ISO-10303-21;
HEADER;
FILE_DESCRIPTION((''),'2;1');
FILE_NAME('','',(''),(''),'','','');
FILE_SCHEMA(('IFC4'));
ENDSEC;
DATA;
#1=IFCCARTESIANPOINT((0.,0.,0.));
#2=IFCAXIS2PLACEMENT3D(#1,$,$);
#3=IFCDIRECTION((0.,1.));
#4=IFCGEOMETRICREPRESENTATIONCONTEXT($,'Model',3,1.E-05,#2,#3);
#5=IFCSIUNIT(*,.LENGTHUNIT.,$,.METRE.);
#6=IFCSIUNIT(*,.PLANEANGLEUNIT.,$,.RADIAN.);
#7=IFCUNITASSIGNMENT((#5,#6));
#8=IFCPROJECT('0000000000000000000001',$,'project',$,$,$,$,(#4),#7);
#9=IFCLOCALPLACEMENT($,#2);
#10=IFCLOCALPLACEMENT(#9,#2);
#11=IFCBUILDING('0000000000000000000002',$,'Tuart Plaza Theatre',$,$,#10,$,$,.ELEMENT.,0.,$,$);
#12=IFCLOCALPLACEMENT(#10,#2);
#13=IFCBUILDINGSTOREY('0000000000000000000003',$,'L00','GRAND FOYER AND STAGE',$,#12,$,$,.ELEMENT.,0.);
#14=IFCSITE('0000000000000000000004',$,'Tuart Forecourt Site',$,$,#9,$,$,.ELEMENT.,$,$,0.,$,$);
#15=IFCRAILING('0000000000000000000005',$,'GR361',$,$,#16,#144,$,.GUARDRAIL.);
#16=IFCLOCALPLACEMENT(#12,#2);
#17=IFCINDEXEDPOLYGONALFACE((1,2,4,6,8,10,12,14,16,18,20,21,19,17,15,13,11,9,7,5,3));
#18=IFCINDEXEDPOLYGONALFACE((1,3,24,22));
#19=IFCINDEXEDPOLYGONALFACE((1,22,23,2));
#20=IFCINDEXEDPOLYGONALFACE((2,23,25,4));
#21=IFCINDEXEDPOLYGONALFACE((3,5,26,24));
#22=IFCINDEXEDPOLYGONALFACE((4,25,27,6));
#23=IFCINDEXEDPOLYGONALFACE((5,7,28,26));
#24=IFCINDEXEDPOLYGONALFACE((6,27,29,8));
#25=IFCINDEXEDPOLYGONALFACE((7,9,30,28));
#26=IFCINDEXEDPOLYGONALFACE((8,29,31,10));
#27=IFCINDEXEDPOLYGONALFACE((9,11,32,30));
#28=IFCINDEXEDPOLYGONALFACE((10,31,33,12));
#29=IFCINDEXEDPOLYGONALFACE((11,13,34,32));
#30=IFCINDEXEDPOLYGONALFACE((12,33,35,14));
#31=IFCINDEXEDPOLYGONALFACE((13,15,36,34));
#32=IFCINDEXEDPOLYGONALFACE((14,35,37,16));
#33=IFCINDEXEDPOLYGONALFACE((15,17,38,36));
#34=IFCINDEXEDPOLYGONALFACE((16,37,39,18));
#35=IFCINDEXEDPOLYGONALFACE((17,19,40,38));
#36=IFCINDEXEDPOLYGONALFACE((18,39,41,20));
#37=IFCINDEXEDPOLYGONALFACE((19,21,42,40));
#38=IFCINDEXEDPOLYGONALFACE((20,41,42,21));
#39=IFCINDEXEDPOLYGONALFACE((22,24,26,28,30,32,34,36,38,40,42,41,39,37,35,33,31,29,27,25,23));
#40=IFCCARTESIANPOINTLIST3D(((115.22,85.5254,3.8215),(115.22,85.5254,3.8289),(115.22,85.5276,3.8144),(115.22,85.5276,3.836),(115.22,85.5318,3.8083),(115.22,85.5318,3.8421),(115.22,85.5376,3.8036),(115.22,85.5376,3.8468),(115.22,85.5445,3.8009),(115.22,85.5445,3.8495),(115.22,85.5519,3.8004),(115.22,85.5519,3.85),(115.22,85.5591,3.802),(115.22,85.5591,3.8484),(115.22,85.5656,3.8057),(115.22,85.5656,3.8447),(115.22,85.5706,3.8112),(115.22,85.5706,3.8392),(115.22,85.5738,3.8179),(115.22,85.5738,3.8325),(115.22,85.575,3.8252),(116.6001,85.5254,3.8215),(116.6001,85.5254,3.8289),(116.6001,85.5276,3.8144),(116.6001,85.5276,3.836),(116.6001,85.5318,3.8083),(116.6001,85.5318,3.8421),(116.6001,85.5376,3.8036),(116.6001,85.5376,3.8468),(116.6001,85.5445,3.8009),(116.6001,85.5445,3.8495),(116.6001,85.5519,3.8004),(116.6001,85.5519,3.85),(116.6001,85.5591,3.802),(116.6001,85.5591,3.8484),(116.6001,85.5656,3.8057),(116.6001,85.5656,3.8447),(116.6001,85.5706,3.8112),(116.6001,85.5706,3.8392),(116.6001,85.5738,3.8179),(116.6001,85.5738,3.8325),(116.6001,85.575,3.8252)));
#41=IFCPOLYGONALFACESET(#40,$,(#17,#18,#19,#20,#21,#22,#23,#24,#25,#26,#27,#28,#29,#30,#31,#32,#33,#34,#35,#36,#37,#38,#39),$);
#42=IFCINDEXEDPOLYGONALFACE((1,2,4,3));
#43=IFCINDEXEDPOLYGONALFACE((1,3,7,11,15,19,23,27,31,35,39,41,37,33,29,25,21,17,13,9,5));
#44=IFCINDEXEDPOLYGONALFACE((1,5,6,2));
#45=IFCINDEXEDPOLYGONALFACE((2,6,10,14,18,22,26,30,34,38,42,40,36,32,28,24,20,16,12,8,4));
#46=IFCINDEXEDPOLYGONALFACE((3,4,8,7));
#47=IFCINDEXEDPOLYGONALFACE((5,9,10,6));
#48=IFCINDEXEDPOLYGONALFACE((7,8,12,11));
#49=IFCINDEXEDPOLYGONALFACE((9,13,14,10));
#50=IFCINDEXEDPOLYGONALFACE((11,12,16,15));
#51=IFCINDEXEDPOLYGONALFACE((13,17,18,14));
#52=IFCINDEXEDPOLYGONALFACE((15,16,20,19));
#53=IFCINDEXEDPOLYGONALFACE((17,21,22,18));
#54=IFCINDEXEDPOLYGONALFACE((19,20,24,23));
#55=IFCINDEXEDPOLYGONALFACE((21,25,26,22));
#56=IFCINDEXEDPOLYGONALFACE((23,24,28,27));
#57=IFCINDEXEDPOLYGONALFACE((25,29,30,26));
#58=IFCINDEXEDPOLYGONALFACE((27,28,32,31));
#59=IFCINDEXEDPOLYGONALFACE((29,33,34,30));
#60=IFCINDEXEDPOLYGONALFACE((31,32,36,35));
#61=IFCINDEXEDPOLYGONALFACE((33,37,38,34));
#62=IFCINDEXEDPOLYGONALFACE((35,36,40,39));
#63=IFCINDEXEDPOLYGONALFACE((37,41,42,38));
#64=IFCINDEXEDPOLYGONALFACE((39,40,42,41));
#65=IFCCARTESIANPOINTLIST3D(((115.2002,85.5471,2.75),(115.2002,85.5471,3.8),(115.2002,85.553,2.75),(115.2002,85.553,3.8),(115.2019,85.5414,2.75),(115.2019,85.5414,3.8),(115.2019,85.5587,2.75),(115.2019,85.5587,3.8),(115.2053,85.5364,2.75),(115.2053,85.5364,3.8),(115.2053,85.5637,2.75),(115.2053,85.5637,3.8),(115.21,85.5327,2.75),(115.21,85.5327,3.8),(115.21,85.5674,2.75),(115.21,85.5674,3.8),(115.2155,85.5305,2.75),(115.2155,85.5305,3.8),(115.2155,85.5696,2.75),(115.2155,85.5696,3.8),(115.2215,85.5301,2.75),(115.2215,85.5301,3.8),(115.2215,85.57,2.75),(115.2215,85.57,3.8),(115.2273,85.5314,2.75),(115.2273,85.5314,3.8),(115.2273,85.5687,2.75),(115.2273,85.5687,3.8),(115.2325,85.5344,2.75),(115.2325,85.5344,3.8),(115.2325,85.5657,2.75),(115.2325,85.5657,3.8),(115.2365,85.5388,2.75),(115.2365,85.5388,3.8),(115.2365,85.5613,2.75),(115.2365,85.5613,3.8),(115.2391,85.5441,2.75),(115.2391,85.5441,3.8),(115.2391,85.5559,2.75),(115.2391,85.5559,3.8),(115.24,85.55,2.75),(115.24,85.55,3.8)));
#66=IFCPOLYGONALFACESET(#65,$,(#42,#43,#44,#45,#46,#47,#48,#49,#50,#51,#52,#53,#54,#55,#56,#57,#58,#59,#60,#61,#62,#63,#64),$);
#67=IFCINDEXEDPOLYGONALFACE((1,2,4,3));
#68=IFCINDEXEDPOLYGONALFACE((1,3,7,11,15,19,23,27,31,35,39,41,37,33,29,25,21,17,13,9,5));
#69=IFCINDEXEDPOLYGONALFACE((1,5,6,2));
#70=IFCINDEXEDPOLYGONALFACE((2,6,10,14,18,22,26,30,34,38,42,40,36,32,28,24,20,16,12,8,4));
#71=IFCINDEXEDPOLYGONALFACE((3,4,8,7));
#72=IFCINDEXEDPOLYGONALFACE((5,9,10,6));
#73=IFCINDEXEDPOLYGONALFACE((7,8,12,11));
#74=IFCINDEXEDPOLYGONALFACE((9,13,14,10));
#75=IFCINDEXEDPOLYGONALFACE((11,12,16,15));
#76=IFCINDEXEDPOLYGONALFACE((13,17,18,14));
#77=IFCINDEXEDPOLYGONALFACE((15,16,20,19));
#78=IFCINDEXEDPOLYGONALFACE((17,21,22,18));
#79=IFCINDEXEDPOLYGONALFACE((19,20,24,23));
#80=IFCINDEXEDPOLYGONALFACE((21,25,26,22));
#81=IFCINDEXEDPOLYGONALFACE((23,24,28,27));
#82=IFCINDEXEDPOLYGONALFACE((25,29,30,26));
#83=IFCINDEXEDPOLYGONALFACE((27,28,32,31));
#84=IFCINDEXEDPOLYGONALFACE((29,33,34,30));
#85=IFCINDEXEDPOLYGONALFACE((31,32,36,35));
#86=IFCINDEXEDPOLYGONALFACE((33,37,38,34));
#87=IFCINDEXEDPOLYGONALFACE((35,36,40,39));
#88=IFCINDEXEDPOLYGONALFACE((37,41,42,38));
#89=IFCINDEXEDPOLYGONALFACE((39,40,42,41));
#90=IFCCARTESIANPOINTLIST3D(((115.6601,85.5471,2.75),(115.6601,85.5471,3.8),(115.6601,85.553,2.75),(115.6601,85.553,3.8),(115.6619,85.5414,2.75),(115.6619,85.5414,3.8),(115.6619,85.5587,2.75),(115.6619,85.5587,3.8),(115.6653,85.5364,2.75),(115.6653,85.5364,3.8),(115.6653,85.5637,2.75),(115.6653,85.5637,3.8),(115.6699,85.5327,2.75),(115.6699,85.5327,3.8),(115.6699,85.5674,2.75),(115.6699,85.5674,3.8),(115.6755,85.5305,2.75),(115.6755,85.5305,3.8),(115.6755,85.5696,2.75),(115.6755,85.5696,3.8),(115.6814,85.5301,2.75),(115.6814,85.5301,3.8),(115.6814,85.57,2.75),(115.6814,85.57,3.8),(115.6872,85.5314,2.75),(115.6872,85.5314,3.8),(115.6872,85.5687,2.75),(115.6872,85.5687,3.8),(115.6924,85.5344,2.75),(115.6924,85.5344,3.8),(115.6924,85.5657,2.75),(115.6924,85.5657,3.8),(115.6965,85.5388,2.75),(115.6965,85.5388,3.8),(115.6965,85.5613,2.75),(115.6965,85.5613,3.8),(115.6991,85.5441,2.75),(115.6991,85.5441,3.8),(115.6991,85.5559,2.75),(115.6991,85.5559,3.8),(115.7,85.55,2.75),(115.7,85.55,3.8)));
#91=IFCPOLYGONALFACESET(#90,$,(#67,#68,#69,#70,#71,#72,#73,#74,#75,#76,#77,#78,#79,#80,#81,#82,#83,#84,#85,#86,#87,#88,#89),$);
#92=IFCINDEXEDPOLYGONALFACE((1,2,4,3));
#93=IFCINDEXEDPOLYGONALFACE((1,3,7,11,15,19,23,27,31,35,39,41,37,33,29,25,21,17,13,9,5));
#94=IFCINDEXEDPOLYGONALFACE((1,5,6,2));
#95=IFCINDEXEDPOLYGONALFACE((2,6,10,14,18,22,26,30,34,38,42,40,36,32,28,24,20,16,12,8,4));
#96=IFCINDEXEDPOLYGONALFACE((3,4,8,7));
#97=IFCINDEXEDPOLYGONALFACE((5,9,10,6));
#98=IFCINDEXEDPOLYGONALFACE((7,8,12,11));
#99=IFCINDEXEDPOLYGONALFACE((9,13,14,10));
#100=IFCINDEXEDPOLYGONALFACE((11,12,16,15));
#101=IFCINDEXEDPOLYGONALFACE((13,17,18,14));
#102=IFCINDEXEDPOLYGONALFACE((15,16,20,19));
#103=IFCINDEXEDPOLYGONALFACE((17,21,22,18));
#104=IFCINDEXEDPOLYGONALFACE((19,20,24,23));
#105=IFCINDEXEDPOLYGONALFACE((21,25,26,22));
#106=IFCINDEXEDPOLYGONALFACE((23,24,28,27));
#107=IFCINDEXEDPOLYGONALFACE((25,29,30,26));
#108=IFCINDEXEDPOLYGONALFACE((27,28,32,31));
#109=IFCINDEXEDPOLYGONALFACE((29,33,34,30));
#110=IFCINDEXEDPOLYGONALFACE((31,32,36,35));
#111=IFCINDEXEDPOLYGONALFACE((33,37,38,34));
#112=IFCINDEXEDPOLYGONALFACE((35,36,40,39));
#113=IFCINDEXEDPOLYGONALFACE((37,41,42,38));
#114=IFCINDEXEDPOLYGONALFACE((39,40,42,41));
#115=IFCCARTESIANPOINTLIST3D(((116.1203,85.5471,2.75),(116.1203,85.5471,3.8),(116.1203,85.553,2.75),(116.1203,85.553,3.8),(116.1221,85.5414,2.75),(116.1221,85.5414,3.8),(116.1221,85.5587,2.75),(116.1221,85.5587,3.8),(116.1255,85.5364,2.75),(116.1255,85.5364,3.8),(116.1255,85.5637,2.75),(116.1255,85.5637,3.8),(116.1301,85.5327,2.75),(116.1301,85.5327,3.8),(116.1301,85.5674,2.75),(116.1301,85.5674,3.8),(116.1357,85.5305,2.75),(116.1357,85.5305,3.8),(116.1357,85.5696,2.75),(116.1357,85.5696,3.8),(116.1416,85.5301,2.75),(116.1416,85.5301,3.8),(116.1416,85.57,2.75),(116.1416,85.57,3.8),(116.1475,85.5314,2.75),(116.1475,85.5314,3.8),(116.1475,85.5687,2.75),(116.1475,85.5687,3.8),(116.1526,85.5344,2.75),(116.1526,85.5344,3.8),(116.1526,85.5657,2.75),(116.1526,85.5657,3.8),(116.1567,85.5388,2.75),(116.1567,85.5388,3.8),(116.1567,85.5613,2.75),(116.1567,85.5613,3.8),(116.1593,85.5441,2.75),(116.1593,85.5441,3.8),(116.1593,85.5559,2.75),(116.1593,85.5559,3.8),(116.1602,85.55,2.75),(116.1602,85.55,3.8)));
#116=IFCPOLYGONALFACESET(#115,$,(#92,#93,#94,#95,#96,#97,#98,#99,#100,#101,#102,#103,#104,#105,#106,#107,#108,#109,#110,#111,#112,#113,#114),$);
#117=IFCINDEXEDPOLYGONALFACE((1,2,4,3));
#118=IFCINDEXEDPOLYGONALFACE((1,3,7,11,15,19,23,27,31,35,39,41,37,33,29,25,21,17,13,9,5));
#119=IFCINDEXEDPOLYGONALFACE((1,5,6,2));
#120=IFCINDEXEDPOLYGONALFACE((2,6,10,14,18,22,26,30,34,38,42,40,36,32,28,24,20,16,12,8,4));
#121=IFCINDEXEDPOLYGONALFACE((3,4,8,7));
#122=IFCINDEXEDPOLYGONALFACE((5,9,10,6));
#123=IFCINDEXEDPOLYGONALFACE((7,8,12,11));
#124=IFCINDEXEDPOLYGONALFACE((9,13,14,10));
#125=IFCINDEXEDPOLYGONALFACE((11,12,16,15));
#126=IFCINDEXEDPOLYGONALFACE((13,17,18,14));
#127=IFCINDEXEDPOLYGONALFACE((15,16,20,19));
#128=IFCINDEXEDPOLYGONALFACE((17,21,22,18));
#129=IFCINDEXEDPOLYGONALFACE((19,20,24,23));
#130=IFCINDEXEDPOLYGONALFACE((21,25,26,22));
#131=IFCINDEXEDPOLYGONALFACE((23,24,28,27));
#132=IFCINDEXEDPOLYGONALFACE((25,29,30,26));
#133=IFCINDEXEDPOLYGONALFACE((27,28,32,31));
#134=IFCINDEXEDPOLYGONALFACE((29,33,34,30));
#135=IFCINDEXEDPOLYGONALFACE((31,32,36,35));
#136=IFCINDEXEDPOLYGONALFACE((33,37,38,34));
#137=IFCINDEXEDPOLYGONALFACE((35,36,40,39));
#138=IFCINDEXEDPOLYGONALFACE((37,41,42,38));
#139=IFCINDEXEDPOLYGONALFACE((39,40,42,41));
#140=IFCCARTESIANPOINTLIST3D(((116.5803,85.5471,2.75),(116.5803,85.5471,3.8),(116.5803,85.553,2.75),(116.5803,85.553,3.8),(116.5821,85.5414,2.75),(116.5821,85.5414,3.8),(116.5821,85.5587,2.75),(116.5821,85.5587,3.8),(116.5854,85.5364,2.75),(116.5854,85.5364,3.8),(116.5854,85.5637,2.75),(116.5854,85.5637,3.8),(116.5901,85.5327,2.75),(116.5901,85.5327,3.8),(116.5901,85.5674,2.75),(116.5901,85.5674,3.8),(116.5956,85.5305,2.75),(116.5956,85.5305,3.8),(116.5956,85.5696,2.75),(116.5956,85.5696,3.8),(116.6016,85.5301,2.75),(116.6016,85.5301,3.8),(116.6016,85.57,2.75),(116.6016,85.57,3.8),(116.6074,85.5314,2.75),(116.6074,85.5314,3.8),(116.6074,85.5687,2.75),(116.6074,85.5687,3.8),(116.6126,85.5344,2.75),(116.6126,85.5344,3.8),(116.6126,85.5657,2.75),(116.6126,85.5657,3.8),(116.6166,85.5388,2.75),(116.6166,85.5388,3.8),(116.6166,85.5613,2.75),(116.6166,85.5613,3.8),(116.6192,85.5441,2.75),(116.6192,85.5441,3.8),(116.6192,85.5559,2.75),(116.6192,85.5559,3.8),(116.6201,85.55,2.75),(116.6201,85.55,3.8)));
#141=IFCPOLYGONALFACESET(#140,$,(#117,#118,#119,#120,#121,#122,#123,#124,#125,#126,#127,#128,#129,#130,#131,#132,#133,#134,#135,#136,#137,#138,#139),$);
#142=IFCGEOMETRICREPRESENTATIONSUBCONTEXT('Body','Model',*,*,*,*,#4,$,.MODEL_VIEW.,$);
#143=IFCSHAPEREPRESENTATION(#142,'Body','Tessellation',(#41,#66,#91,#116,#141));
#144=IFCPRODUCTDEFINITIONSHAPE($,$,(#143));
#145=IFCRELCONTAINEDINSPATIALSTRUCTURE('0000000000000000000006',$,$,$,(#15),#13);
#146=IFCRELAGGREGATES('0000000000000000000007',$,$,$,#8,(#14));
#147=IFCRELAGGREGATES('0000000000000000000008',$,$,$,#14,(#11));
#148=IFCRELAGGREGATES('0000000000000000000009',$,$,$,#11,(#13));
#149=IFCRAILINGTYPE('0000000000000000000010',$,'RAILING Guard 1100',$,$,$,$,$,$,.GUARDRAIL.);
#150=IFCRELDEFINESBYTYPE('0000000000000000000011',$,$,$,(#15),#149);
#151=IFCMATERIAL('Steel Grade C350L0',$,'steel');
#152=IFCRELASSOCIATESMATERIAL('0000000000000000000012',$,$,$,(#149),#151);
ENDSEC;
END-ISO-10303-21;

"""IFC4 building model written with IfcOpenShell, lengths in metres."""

from ifc_helpers import new_model, si_unit, direction, frame, origin, origin_2d, place, context, subcontext, project, spatial, circle, extrude, material, type_object, element, save


model = new_model("IFC4")

# Units and contexts
model_context = context("Model", 3, precision=1e-05, world=origin(), true_north=direction((0.0, 1.0)))
body_context = subcontext(model_context, "Body", "Model", "MODEL_VIEW")
ifc_project = project(units=[si_unit("LENGTHUNIT", "METRE"), si_unit("PLANEANGLEUNIT", "RADIAN")], contexts=[model_context])

# Site, building, storey
site_placement = place(None, origin())
site = spatial("IfcSite", under=ifc_project, at=site_placement, Name="Tuart Forecourt Site", CompositionType="ELEMENT", RefElevation=0.0)
building_placement = place(site_placement, origin())
building = spatial("IfcBuilding", under=site, at=building_placement, Name="Tuart Plaza Theatre", CompositionType="ELEMENT", ElevationOfRefHeight=0.0)
storey_placement = place(building_placement, origin())
storey = spatial("IfcBuildingStorey", under=building, at=storey_placement, Name="L00", Description="GRAND FOYER AND STAGE", CompositionType="ELEMENT", Elevation=0.0)

# Railing
ifc_material_1 = material(Name="Steel Grade C350L0", Category="steel")
railing_type_1 = type_object("IfcRailingType", Name="RAILING Guard 1100", PredefinedType="GUARDRAIL", material=ifc_material_1)
railing_1_placement = place(storey_placement, frame((115.22, 85.55, 2.75)))
element("IfcRailing", 1, at=railing_1_placement, inside=storey, type_object=railing_type_1, Name="GR361", PredefinedType="GUARDRAIL", context=body_context, shape_type="SweptSolid", body=[
    extrude(circle(Radius=0.0249, at=origin_2d()), frame((0.0, 0.0, 1.0752), z_axis=(1.0, 0.0, 0.0), x_axis=(0.0, 1.0, 0.0)), (0.0, 0.0, 1.0), 1.3801),
    extrude(circle(Radius=0.02, at=origin_2d()), origin(), (0.0, 0.0, 1.0), 1.05),
    extrude(circle(Radius=0.02, at=origin_2d()), frame((0.46, 0.0, 0.0)), (0.0, 0.0, 1.0), 1.05),
    extrude(circle(Radius=0.02, at=origin_2d()), frame((0.9202, 0.0, 0.0)), (0.0, 0.0, 1.0), 1.05),
    extrude(circle(Radius=0.02, at=origin_2d()), frame((1.3801, 0.0, 0.0)), (0.0, 0.0, 1.0), 1.05),
])

save(model, "model.ifc")
